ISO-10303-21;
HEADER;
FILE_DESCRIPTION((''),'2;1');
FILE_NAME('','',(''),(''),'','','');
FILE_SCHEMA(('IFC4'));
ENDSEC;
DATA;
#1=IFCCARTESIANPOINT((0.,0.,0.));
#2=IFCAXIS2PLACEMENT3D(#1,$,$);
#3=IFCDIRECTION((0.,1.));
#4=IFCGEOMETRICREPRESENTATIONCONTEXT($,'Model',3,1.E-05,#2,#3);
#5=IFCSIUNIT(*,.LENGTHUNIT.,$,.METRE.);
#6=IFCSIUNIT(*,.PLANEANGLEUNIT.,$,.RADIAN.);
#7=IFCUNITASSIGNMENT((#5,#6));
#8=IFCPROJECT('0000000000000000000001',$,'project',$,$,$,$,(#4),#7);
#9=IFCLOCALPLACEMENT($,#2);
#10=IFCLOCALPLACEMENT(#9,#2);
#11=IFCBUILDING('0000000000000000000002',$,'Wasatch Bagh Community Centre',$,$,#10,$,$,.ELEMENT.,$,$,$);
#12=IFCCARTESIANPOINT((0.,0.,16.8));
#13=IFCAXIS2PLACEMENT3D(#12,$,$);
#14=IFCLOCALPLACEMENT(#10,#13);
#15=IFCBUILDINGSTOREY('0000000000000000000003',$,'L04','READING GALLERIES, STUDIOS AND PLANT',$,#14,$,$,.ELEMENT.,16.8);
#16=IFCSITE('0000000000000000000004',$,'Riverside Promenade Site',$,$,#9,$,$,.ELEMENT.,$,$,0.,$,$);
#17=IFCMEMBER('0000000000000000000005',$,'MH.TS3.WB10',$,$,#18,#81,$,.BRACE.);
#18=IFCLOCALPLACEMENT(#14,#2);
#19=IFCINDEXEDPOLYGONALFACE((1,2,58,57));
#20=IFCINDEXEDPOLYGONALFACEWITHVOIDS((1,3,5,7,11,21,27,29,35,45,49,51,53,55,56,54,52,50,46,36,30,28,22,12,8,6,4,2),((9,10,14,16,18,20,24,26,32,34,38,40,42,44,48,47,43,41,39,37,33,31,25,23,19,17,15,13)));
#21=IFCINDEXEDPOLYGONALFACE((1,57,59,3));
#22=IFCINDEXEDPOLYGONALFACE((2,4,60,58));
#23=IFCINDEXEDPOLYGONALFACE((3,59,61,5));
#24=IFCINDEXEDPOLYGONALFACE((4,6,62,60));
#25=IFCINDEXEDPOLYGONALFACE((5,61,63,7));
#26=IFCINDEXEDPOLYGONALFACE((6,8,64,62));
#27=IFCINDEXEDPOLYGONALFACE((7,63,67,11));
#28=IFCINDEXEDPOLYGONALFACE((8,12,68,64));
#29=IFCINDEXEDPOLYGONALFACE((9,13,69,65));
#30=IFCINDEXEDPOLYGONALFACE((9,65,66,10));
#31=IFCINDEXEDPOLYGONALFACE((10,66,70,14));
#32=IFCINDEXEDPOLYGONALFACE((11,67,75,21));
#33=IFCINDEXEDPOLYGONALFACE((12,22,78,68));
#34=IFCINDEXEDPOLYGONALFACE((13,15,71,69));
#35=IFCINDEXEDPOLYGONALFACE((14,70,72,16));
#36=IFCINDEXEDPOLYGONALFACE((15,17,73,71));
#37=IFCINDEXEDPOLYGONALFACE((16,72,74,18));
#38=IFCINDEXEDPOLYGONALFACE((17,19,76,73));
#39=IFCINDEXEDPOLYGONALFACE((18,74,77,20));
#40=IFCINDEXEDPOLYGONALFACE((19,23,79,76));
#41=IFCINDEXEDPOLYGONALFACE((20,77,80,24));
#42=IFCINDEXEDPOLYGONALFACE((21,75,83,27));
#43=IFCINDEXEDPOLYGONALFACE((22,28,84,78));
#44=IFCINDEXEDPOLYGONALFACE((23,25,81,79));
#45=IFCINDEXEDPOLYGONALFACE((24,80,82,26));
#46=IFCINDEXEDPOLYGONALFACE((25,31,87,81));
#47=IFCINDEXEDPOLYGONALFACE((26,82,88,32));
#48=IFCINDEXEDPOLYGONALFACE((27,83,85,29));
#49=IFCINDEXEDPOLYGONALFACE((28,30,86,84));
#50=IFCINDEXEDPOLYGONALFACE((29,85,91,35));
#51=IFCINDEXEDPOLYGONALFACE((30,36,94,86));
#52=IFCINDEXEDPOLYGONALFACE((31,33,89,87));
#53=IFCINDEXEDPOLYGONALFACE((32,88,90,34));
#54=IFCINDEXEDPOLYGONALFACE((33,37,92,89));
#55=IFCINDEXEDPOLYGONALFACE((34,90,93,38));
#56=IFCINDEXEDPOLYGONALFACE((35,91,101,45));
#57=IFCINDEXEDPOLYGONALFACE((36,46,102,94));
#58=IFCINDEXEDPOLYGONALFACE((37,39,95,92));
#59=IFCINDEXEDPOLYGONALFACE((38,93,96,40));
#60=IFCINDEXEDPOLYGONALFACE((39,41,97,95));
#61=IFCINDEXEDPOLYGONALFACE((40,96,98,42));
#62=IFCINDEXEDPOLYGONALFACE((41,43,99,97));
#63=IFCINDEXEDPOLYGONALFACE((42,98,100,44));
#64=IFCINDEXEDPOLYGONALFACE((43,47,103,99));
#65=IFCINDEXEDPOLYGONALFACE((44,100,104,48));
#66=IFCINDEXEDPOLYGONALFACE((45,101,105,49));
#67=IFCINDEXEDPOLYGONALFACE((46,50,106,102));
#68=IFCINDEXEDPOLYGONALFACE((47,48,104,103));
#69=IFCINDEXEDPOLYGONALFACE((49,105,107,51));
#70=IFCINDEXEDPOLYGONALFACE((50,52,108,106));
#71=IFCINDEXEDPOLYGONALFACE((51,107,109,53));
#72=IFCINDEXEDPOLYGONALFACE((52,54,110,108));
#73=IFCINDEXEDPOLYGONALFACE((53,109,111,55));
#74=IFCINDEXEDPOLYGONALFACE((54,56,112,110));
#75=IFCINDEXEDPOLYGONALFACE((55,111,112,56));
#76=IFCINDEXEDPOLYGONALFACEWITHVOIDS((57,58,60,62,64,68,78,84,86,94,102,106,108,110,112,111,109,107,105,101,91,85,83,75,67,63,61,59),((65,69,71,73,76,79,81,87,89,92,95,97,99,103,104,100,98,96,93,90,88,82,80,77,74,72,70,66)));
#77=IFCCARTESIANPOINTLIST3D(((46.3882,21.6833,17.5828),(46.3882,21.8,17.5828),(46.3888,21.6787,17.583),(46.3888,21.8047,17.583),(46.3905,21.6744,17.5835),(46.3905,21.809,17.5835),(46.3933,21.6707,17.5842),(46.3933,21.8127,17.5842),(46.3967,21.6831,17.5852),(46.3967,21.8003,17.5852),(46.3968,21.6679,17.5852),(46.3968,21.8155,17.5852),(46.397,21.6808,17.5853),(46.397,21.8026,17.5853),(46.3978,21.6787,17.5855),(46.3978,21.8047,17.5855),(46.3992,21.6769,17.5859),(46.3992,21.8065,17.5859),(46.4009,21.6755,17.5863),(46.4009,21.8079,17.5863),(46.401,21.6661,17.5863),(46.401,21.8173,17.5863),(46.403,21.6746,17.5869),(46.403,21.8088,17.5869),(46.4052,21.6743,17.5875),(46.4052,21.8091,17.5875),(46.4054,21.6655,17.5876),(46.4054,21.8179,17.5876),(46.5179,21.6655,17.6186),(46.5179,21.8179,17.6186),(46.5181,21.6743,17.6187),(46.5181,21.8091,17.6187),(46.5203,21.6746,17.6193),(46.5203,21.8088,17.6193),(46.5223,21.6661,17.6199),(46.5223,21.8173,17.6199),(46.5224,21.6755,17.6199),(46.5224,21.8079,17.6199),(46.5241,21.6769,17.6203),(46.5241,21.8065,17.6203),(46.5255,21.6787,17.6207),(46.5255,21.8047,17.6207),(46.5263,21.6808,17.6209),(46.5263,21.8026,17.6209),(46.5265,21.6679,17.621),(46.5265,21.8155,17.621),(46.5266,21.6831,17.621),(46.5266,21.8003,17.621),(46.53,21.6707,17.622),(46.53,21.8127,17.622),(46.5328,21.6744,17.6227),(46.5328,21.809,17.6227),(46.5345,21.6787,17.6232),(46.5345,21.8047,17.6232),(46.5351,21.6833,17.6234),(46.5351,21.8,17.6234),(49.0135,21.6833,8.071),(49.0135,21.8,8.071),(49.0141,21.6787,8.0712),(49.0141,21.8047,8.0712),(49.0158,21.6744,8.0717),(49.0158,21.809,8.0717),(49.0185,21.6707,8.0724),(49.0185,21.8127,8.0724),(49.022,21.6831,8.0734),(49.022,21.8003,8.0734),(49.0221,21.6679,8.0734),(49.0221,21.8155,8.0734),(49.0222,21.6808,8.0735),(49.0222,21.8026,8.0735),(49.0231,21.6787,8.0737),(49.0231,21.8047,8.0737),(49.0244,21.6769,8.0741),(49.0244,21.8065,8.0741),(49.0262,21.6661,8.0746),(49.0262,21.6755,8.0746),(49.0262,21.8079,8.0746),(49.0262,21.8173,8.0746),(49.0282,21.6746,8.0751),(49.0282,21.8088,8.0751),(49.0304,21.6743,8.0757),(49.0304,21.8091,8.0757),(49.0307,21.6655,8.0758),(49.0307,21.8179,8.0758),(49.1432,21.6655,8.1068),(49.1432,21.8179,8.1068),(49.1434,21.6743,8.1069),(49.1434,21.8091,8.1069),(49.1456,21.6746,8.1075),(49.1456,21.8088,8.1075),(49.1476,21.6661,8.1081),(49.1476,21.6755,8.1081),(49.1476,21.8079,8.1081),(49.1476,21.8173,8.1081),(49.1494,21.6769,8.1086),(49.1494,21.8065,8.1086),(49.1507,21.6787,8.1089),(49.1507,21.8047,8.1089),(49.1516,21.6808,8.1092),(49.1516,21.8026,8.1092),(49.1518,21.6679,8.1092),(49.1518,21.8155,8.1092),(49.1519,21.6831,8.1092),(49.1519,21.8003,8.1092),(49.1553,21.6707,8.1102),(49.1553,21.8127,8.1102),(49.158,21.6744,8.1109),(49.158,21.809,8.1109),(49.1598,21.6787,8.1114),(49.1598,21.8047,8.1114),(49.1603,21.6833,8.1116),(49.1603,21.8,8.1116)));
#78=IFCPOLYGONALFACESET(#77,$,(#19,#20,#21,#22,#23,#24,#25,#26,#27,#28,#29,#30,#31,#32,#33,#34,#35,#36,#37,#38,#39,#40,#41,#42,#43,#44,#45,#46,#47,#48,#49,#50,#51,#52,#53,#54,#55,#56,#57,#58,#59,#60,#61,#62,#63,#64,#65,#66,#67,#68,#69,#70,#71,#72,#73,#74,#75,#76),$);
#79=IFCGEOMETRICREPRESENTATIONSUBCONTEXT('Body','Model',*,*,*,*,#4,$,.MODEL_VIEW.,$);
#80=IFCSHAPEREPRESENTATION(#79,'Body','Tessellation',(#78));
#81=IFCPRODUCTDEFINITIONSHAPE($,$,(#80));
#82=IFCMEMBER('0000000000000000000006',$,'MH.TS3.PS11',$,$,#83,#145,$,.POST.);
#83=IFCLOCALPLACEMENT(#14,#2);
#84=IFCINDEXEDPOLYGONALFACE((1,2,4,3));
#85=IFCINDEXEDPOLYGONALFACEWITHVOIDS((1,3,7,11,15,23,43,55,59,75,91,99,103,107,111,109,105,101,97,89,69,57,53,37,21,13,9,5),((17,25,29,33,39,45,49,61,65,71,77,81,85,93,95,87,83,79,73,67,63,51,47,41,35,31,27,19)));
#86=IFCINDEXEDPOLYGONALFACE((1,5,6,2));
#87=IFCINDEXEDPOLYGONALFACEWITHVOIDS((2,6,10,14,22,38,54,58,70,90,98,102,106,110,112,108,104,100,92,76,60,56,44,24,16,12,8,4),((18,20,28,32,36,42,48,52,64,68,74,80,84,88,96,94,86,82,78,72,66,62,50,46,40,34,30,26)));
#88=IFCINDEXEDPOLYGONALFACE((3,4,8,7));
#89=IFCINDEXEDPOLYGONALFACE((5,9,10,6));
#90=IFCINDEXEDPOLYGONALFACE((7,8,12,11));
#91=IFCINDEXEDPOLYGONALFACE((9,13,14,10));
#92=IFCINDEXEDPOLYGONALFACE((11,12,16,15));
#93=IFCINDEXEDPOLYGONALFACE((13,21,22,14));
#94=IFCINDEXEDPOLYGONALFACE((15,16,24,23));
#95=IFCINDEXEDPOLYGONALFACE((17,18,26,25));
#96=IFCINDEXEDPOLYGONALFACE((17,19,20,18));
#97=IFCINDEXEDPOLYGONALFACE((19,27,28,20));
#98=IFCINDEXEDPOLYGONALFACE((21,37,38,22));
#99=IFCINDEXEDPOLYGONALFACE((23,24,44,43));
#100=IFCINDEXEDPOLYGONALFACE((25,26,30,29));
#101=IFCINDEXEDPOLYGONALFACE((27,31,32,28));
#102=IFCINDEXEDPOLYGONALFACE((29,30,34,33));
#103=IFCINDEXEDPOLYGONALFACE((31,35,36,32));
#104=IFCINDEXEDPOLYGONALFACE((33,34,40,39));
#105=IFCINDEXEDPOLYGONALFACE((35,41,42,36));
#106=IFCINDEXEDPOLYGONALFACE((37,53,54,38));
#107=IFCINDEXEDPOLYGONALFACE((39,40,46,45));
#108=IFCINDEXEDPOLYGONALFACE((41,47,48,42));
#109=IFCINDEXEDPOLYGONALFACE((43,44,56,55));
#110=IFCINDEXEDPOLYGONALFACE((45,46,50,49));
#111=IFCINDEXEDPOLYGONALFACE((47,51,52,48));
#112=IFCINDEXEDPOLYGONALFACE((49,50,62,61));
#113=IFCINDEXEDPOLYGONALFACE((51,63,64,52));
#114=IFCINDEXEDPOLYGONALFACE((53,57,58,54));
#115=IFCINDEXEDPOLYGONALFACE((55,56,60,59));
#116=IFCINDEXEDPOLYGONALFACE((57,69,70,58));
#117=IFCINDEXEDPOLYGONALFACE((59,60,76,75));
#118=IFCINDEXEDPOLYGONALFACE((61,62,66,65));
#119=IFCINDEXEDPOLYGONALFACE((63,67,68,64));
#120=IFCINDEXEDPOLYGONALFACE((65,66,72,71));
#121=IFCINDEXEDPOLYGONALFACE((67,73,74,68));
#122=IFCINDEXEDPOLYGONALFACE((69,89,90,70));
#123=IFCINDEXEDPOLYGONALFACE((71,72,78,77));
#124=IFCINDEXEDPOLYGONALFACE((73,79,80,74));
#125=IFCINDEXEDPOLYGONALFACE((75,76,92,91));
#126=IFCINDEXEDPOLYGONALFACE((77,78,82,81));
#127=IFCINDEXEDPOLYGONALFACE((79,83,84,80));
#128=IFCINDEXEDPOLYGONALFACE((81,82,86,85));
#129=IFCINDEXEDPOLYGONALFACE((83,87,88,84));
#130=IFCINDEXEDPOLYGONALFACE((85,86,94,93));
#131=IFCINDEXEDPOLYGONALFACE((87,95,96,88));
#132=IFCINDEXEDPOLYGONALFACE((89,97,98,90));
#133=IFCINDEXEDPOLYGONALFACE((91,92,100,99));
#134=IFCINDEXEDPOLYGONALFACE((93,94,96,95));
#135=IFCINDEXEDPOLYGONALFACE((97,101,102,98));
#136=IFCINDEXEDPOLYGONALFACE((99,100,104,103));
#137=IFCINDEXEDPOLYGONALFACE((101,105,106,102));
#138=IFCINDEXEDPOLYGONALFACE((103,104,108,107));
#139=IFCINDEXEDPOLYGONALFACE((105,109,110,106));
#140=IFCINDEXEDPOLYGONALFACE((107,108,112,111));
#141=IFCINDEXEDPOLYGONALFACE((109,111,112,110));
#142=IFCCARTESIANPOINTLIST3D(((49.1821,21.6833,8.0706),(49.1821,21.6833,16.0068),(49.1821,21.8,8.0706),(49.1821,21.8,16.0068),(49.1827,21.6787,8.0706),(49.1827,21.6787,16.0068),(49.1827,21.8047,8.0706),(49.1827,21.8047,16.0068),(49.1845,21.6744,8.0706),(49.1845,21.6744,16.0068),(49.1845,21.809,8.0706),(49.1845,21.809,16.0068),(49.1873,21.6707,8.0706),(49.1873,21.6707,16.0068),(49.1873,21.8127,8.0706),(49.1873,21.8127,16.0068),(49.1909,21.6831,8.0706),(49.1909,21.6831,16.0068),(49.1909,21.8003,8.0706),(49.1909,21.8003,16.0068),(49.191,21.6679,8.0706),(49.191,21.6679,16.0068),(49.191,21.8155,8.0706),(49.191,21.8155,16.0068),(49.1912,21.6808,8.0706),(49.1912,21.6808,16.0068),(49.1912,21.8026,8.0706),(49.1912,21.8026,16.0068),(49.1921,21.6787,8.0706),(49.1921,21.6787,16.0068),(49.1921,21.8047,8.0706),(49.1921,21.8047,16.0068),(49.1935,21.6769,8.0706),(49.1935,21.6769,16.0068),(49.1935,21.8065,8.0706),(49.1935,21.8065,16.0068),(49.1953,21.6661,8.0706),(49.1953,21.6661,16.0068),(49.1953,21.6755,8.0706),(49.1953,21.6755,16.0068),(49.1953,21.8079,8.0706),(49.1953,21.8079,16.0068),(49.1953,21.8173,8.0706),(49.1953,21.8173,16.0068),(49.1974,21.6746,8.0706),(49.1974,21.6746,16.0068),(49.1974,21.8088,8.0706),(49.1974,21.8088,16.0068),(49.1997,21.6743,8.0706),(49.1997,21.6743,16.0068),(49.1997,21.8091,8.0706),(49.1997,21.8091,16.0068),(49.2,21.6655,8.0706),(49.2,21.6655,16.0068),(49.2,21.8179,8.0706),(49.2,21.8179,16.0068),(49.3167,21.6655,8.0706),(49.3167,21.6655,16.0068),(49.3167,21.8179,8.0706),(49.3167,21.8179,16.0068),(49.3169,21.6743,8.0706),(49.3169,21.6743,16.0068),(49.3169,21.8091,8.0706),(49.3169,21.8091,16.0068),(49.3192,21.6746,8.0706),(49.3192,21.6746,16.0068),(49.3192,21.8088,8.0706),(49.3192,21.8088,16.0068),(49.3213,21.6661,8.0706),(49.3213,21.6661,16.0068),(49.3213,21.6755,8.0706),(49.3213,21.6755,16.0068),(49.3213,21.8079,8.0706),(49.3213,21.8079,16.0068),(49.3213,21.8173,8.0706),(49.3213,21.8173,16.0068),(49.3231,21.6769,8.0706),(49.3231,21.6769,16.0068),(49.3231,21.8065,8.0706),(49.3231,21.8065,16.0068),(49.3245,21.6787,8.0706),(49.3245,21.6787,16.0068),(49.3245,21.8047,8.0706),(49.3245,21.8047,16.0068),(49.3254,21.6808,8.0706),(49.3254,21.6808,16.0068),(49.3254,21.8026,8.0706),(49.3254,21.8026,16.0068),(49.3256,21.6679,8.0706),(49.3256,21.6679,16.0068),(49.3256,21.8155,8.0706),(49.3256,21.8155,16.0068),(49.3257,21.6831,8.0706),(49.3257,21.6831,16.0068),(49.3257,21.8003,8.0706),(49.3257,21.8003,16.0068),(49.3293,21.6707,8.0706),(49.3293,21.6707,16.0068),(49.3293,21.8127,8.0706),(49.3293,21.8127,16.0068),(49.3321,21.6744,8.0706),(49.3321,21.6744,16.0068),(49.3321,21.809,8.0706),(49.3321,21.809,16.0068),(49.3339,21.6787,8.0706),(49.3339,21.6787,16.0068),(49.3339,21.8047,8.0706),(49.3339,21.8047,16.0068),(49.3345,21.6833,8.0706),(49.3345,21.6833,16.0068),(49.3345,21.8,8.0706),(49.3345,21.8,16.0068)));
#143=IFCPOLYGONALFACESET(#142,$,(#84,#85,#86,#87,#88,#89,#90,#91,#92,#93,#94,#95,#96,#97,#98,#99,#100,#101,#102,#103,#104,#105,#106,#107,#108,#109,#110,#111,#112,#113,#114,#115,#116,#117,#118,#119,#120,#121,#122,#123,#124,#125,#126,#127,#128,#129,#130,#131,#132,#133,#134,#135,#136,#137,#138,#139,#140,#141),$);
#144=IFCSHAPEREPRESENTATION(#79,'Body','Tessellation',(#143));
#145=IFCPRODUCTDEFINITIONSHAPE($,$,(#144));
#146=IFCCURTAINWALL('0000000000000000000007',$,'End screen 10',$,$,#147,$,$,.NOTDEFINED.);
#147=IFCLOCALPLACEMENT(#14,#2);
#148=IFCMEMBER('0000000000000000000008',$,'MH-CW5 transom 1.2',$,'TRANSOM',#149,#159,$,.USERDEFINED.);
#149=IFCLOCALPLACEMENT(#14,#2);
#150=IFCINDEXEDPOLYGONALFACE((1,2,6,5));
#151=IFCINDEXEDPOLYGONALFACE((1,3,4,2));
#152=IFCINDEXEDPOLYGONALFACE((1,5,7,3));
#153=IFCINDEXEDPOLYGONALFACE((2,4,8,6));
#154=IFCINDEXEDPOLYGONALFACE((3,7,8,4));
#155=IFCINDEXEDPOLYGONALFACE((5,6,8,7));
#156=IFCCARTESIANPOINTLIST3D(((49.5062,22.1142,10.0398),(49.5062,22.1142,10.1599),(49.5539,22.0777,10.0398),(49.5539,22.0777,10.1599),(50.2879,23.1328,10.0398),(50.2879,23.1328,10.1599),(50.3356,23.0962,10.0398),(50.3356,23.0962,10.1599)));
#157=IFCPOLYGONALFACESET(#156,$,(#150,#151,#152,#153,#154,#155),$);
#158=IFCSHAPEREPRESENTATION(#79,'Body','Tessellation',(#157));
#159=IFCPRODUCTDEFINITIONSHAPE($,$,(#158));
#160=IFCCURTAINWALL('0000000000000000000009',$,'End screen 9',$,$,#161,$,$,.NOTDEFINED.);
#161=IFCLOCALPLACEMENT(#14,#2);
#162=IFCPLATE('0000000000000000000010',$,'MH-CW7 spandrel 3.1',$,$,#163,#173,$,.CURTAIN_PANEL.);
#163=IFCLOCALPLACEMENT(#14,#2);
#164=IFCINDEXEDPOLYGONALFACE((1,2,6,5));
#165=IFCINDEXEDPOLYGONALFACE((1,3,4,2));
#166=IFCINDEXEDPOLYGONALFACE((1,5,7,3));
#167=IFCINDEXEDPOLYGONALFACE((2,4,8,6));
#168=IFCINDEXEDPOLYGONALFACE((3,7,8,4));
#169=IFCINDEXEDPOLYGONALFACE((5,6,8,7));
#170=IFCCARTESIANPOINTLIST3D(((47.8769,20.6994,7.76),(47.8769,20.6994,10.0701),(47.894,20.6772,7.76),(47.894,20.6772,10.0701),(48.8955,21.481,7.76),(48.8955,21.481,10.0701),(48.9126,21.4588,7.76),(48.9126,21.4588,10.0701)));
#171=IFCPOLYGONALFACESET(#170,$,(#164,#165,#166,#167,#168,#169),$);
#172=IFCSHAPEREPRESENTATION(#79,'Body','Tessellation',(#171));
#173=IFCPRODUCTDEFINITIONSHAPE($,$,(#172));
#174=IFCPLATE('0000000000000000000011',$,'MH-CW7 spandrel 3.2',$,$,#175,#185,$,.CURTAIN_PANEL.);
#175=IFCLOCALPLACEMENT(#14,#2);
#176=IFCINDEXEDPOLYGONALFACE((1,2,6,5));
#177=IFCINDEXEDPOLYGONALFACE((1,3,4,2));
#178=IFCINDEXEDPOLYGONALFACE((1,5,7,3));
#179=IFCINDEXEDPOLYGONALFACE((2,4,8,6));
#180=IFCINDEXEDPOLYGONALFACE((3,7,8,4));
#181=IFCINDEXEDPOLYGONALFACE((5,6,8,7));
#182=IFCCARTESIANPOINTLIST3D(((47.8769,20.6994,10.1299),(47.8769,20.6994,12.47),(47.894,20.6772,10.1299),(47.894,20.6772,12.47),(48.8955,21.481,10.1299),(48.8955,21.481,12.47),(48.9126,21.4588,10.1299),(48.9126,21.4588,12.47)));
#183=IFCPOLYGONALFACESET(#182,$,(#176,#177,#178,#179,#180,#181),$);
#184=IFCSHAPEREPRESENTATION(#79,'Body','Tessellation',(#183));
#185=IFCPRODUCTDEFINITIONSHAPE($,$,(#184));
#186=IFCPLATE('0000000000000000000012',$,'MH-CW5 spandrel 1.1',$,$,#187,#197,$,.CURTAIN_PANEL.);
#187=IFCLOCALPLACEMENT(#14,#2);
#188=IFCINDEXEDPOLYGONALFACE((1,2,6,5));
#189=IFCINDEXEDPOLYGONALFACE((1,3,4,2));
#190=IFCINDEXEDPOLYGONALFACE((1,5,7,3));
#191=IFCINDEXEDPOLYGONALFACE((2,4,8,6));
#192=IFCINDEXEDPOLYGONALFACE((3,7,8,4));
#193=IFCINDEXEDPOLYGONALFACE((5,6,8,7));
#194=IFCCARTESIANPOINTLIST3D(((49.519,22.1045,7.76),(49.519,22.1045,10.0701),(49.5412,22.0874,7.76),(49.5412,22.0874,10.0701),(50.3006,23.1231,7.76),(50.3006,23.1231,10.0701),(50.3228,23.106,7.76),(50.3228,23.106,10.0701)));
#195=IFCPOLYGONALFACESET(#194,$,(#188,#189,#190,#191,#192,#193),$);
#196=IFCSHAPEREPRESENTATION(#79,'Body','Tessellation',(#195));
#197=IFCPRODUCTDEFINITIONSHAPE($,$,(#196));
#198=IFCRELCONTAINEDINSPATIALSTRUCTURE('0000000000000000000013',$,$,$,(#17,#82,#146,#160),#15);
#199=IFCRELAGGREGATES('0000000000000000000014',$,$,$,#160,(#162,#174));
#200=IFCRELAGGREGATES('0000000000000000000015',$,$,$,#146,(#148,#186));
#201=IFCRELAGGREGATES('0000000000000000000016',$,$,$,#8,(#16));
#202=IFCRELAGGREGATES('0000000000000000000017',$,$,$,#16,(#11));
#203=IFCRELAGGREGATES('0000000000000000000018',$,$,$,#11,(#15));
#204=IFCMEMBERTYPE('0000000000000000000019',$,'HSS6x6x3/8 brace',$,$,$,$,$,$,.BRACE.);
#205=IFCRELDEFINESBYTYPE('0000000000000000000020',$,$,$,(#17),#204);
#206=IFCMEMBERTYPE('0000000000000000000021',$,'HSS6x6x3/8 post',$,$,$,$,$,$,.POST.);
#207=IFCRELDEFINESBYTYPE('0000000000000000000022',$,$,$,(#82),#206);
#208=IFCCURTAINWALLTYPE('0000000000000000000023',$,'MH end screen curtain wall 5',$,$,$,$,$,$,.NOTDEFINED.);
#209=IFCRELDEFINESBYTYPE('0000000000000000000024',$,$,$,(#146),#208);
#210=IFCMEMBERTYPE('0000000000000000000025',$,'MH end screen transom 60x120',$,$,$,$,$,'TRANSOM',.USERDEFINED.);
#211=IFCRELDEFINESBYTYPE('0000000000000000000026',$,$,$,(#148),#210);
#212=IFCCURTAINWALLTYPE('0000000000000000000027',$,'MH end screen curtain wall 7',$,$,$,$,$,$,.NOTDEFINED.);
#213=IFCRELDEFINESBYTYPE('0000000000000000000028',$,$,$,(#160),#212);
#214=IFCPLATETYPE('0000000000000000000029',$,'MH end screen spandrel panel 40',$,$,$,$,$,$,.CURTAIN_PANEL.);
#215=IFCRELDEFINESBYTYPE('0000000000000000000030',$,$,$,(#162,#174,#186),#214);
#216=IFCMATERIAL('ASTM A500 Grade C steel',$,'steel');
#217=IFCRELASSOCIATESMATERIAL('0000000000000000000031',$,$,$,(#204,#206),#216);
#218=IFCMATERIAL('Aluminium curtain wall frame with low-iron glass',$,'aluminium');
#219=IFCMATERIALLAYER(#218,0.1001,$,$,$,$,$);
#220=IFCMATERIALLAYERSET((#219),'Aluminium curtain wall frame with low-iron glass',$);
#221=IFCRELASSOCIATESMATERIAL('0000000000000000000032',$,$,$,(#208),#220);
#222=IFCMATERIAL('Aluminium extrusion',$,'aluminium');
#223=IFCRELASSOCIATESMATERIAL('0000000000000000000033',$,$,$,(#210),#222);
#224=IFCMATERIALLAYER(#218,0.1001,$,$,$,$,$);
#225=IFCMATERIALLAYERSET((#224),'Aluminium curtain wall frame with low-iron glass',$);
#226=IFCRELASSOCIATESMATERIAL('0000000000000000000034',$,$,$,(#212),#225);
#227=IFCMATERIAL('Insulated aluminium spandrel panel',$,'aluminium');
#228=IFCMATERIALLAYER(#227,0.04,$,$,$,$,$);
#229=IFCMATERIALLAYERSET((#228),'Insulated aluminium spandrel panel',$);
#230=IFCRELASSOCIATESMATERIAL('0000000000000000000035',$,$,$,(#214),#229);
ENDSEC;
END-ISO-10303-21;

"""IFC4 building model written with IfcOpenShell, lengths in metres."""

from ifc_helpers import new_model, si_unit, direction, frame, origin, origin_2d, place, context, subcontext, project, spatial, rectangle, hollow_rectangle, extrude, material, layer, layer_set, material_profile, profile_set, type_object, element, aggregate, save


model = new_model("IFC4")

# Units and contexts
model_context = context("Model", 3, precision=1e-05, world=origin(), true_north=direction((0.0, 1.0)))
body_context = subcontext(model_context, "Body", "Model", "MODEL_VIEW")
ifc_project = project(units=[si_unit("LENGTHUNIT", "METRE"), si_unit("PLANEANGLEUNIT", "RADIAN")], contexts=[model_context])

# Site, building, storey
site_placement = place(None, origin())
site = spatial("IfcSite", under=ifc_project, at=site_placement, Name="Riverside Promenade Site", CompositionType="ELEMENT", RefElevation=0.0)
building_placement = place(site_placement, origin())
building = spatial("IfcBuilding", under=site, at=building_placement, Name="Wasatch Bagh Community Centre", CompositionType="ELEMENT")
storey_placement = place(building_placement, frame((0.0, 0.0, 16.8)))
storey = spatial("IfcBuildingStorey", under=building, at=storey_placement, Name="L04", Description="READING GALLERIES, STUDIOS AND PLANT", CompositionType="ELEMENT", Elevation=16.8)

# Members
ifc_material_1 = material(Name="ASTM A500 Grade C steel", Category="steel")
ifc_material_profile_1 = material_profile(ifc_material_1, hollow_rectangle(XDim=0.1523, YDim=0.1523, WallThickness=0.0088, InnerFilletRadius=0.0088, OuterFilletRadius=0.0178, at=origin_2d()), Name="HSS6x6x3/8")
ifc_profile_set_1 = profile_set([ifc_material_profile_1], Name="ASTM A500 Grade C steel")
member_type_1 = type_object("IfcMemberType", Name="HSS6x6x3/8 brace", PredefinedType="BRACE", material=ifc_profile_set_1)
member_1_placement = place(storey_placement, frame((49.0869, 21.7417, 8.0913), z_axis=(-0.266053, 0.0, 0.963958), x_axis=(0.0, -1.0, 0.0)))
element("IfcMember", 1, at=member_1_placement, inside=storey, type_object=member_type_1, Name="MH.TS3.WB10", PredefinedType="BRACE", context=body_context, shape_type="SweptSolid", body=[
    extrude(hollow_rectangle(XDim=0.1523, YDim=0.1523, WallThickness=0.0088, InnerFilletRadius=0.0088, OuterFilletRadius=0.0178, at=origin_2d()), origin(), (0.0, 0.0, 1.0), 9.8674),
])
ifc_material_profile_2 = material_profile(ifc_material_1, hollow_rectangle(XDim=0.1523, YDim=0.1523, WallThickness=0.0088, InnerFilletRadius=0.0088, OuterFilletRadius=0.0178, at=origin_2d()), Name="HSS6x6x3/8")
ifc_profile_set_2 = profile_set([ifc_material_profile_2], Name="ASTM A500 Grade C steel")
member_type_2 = type_object("IfcMemberType", Name="HSS6x6x3/8 post", PredefinedType="POST", material=ifc_profile_set_2)
member_2_placement = place(storey_placement, frame((49.2583, 21.7417, 8.0706), z_axis=(0.0, 0.0, 1.0), x_axis=(1.0, 0.0, 0.0)))
element("IfcMember", 2, at=member_2_placement, inside=storey, type_object=member_type_2, Name="MH.TS3.PS11", PredefinedType="POST", context=body_context, shape_type="SweptSolid", body=[
    extrude(hollow_rectangle(XDim=0.1523, YDim=0.1523, WallThickness=0.0088, InnerFilletRadius=0.0088, OuterFilletRadius=0.0178, at=origin_2d()), origin(), (0.0, 0.0, 1.0), 7.9363),
])

# Curtain wall, member
ifc_material_2 = material(Name="Aluminium curtain wall frame with low-iron glass", Category="aluminium")
ifc_layer_1 = layer(ifc_material_2, 0.1001)
ifc_layer_set_1 = layer_set([ifc_layer_1], Name="Aluminium curtain wall frame with low-iron glass")
curtain_wall_type_1 = type_object("IfcCurtainWallType", Name="MH end screen curtain wall 5", PredefinedType="NOTDEFINED", material=ifc_layer_set_1)
curtain_wall_1_placement = place(storey_placement, origin())
curtain_wall_1 = element("IfcCurtainWall", 3, at=curtain_wall_1_placement, inside=storey, type_object=curtain_wall_type_1, Name="End screen 10", PredefinedType="NOTDEFINED")
ifc_material_3 = material(Name="Aluminium extrusion", Category="aluminium")
ifc_material_profile_3 = material_profile(ifc_material_3, rectangle(XDim=0.0601, YDim=0.1201, at=origin_2d()), Name="AL 60x120")
ifc_profile_set_3 = profile_set([ifc_material_profile_3], Name="Aluminium extrusion")
member_type_3 = type_object("IfcMemberType", Name="MH end screen transom 60x120", ElementType="TRANSOM", PredefinedType="USERDEFINED", material=ifc_profile_set_3)
member_3_placement = place(storey_placement, frame((49.53, 22.0959, 10.0999), z_axis=(0.608847, 0.793288, 0.0), x_axis=(-0.793288, 0.608847, 0.0)))
member_3 = element("IfcMember", 4, at=member_3_placement, type_object=member_type_3, Name="MH-CW5 transom 1.2", ObjectType="TRANSOM", PredefinedType="USERDEFINED", context=body_context, shape_type="SweptSolid", body=[
    extrude(rectangle(XDim=0.0601, YDim=0.1201, at=origin_2d()), origin(), (0.0, 0.0, 1.0), 1.2839),
])

# Curtain wall, plates
ifc_layer_2 = layer(ifc_material_2, 0.1001)
ifc_layer_set_2 = layer_set([ifc_layer_2], Name="Aluminium curtain wall frame with low-iron glass")
curtain_wall_type_2 = type_object("IfcCurtainWallType", Name="MH end screen curtain wall 7", PredefinedType="NOTDEFINED", material=ifc_layer_set_2)
curtain_wall_2_placement = place(storey_placement, origin())
curtain_wall_2 = element("IfcCurtainWall", 5, at=curtain_wall_2_placement, inside=storey, type_object=curtain_wall_type_2, Name="End screen 9", PredefinedType="NOTDEFINED")
ifc_material_4 = material(Name="Insulated aluminium spandrel panel", Category="aluminium")
ifc_layer_3 = layer(ifc_material_4, 0.04)
ifc_layer_set_3 = layer_set([ifc_layer_3], Name="Insulated aluminium spandrel panel")
plate_type = type_object("IfcPlateType", Name="MH end screen spandrel panel 40", PredefinedType="CURTAIN_PANEL", material=ifc_layer_set_3)
plate_1_placement = place(storey_placement, frame((48.3948, 21.0791, 7.76), z_axis=(0.0, 0.0, 1.0), x_axis=(0.793353, 0.608761, 0.0)))
plate_1 = element("IfcPlate", 6, at=plate_1_placement, type_object=plate_type, Name="MH-CW7 spandrel 3.1", PredefinedType="CURTAIN_PANEL", context=body_context, shape_type="SweptSolid", body=[
    extrude(rectangle(XDim=1.2839, YDim=0.0281, at=origin_2d()), origin(), (0.0, 0.0, 1.0), 2.3101),
])
plate_2_placement = place(storey_placement, frame((48.3948, 21.0791, 10.1299), z_axis=(0.0, 0.0, 1.0), x_axis=(0.793353, 0.608761, 0.0)))
plate_2 = element("IfcPlate", 7, at=plate_2_placement, type_object=plate_type, Name="MH-CW7 spandrel 3.2", PredefinedType="CURTAIN_PANEL", context=body_context, shape_type="SweptSolid", body=[
    extrude(rectangle(XDim=1.2839, YDim=0.0281, at=origin_2d()), origin(), (0.0, 0.0, 1.0), 2.3401),
])
aggregate(curtain_wall_2, [plate_1, plate_2])

# Plate
plate_3_placement = place(storey_placement, frame((49.9209, 22.6052, 7.76), z_axis=(0.0, 0.0, 1.0), x_axis=(0.608761, 0.793353, 0.0)))
plate_3 = element("IfcPlate", 8, at=plate_3_placement, type_object=plate_type, Name="MH-CW5 spandrel 1.1", PredefinedType="CURTAIN_PANEL", context=body_context, shape_type="SweptSolid", body=[
    extrude(rectangle(XDim=1.2839, YDim=0.0281, at=origin_2d()), origin(), (0.0, 0.0, 1.0), 2.3101),
])
aggregate(curtain_wall_1, [member_3, plate_3])

save(model, "model.ifc")
